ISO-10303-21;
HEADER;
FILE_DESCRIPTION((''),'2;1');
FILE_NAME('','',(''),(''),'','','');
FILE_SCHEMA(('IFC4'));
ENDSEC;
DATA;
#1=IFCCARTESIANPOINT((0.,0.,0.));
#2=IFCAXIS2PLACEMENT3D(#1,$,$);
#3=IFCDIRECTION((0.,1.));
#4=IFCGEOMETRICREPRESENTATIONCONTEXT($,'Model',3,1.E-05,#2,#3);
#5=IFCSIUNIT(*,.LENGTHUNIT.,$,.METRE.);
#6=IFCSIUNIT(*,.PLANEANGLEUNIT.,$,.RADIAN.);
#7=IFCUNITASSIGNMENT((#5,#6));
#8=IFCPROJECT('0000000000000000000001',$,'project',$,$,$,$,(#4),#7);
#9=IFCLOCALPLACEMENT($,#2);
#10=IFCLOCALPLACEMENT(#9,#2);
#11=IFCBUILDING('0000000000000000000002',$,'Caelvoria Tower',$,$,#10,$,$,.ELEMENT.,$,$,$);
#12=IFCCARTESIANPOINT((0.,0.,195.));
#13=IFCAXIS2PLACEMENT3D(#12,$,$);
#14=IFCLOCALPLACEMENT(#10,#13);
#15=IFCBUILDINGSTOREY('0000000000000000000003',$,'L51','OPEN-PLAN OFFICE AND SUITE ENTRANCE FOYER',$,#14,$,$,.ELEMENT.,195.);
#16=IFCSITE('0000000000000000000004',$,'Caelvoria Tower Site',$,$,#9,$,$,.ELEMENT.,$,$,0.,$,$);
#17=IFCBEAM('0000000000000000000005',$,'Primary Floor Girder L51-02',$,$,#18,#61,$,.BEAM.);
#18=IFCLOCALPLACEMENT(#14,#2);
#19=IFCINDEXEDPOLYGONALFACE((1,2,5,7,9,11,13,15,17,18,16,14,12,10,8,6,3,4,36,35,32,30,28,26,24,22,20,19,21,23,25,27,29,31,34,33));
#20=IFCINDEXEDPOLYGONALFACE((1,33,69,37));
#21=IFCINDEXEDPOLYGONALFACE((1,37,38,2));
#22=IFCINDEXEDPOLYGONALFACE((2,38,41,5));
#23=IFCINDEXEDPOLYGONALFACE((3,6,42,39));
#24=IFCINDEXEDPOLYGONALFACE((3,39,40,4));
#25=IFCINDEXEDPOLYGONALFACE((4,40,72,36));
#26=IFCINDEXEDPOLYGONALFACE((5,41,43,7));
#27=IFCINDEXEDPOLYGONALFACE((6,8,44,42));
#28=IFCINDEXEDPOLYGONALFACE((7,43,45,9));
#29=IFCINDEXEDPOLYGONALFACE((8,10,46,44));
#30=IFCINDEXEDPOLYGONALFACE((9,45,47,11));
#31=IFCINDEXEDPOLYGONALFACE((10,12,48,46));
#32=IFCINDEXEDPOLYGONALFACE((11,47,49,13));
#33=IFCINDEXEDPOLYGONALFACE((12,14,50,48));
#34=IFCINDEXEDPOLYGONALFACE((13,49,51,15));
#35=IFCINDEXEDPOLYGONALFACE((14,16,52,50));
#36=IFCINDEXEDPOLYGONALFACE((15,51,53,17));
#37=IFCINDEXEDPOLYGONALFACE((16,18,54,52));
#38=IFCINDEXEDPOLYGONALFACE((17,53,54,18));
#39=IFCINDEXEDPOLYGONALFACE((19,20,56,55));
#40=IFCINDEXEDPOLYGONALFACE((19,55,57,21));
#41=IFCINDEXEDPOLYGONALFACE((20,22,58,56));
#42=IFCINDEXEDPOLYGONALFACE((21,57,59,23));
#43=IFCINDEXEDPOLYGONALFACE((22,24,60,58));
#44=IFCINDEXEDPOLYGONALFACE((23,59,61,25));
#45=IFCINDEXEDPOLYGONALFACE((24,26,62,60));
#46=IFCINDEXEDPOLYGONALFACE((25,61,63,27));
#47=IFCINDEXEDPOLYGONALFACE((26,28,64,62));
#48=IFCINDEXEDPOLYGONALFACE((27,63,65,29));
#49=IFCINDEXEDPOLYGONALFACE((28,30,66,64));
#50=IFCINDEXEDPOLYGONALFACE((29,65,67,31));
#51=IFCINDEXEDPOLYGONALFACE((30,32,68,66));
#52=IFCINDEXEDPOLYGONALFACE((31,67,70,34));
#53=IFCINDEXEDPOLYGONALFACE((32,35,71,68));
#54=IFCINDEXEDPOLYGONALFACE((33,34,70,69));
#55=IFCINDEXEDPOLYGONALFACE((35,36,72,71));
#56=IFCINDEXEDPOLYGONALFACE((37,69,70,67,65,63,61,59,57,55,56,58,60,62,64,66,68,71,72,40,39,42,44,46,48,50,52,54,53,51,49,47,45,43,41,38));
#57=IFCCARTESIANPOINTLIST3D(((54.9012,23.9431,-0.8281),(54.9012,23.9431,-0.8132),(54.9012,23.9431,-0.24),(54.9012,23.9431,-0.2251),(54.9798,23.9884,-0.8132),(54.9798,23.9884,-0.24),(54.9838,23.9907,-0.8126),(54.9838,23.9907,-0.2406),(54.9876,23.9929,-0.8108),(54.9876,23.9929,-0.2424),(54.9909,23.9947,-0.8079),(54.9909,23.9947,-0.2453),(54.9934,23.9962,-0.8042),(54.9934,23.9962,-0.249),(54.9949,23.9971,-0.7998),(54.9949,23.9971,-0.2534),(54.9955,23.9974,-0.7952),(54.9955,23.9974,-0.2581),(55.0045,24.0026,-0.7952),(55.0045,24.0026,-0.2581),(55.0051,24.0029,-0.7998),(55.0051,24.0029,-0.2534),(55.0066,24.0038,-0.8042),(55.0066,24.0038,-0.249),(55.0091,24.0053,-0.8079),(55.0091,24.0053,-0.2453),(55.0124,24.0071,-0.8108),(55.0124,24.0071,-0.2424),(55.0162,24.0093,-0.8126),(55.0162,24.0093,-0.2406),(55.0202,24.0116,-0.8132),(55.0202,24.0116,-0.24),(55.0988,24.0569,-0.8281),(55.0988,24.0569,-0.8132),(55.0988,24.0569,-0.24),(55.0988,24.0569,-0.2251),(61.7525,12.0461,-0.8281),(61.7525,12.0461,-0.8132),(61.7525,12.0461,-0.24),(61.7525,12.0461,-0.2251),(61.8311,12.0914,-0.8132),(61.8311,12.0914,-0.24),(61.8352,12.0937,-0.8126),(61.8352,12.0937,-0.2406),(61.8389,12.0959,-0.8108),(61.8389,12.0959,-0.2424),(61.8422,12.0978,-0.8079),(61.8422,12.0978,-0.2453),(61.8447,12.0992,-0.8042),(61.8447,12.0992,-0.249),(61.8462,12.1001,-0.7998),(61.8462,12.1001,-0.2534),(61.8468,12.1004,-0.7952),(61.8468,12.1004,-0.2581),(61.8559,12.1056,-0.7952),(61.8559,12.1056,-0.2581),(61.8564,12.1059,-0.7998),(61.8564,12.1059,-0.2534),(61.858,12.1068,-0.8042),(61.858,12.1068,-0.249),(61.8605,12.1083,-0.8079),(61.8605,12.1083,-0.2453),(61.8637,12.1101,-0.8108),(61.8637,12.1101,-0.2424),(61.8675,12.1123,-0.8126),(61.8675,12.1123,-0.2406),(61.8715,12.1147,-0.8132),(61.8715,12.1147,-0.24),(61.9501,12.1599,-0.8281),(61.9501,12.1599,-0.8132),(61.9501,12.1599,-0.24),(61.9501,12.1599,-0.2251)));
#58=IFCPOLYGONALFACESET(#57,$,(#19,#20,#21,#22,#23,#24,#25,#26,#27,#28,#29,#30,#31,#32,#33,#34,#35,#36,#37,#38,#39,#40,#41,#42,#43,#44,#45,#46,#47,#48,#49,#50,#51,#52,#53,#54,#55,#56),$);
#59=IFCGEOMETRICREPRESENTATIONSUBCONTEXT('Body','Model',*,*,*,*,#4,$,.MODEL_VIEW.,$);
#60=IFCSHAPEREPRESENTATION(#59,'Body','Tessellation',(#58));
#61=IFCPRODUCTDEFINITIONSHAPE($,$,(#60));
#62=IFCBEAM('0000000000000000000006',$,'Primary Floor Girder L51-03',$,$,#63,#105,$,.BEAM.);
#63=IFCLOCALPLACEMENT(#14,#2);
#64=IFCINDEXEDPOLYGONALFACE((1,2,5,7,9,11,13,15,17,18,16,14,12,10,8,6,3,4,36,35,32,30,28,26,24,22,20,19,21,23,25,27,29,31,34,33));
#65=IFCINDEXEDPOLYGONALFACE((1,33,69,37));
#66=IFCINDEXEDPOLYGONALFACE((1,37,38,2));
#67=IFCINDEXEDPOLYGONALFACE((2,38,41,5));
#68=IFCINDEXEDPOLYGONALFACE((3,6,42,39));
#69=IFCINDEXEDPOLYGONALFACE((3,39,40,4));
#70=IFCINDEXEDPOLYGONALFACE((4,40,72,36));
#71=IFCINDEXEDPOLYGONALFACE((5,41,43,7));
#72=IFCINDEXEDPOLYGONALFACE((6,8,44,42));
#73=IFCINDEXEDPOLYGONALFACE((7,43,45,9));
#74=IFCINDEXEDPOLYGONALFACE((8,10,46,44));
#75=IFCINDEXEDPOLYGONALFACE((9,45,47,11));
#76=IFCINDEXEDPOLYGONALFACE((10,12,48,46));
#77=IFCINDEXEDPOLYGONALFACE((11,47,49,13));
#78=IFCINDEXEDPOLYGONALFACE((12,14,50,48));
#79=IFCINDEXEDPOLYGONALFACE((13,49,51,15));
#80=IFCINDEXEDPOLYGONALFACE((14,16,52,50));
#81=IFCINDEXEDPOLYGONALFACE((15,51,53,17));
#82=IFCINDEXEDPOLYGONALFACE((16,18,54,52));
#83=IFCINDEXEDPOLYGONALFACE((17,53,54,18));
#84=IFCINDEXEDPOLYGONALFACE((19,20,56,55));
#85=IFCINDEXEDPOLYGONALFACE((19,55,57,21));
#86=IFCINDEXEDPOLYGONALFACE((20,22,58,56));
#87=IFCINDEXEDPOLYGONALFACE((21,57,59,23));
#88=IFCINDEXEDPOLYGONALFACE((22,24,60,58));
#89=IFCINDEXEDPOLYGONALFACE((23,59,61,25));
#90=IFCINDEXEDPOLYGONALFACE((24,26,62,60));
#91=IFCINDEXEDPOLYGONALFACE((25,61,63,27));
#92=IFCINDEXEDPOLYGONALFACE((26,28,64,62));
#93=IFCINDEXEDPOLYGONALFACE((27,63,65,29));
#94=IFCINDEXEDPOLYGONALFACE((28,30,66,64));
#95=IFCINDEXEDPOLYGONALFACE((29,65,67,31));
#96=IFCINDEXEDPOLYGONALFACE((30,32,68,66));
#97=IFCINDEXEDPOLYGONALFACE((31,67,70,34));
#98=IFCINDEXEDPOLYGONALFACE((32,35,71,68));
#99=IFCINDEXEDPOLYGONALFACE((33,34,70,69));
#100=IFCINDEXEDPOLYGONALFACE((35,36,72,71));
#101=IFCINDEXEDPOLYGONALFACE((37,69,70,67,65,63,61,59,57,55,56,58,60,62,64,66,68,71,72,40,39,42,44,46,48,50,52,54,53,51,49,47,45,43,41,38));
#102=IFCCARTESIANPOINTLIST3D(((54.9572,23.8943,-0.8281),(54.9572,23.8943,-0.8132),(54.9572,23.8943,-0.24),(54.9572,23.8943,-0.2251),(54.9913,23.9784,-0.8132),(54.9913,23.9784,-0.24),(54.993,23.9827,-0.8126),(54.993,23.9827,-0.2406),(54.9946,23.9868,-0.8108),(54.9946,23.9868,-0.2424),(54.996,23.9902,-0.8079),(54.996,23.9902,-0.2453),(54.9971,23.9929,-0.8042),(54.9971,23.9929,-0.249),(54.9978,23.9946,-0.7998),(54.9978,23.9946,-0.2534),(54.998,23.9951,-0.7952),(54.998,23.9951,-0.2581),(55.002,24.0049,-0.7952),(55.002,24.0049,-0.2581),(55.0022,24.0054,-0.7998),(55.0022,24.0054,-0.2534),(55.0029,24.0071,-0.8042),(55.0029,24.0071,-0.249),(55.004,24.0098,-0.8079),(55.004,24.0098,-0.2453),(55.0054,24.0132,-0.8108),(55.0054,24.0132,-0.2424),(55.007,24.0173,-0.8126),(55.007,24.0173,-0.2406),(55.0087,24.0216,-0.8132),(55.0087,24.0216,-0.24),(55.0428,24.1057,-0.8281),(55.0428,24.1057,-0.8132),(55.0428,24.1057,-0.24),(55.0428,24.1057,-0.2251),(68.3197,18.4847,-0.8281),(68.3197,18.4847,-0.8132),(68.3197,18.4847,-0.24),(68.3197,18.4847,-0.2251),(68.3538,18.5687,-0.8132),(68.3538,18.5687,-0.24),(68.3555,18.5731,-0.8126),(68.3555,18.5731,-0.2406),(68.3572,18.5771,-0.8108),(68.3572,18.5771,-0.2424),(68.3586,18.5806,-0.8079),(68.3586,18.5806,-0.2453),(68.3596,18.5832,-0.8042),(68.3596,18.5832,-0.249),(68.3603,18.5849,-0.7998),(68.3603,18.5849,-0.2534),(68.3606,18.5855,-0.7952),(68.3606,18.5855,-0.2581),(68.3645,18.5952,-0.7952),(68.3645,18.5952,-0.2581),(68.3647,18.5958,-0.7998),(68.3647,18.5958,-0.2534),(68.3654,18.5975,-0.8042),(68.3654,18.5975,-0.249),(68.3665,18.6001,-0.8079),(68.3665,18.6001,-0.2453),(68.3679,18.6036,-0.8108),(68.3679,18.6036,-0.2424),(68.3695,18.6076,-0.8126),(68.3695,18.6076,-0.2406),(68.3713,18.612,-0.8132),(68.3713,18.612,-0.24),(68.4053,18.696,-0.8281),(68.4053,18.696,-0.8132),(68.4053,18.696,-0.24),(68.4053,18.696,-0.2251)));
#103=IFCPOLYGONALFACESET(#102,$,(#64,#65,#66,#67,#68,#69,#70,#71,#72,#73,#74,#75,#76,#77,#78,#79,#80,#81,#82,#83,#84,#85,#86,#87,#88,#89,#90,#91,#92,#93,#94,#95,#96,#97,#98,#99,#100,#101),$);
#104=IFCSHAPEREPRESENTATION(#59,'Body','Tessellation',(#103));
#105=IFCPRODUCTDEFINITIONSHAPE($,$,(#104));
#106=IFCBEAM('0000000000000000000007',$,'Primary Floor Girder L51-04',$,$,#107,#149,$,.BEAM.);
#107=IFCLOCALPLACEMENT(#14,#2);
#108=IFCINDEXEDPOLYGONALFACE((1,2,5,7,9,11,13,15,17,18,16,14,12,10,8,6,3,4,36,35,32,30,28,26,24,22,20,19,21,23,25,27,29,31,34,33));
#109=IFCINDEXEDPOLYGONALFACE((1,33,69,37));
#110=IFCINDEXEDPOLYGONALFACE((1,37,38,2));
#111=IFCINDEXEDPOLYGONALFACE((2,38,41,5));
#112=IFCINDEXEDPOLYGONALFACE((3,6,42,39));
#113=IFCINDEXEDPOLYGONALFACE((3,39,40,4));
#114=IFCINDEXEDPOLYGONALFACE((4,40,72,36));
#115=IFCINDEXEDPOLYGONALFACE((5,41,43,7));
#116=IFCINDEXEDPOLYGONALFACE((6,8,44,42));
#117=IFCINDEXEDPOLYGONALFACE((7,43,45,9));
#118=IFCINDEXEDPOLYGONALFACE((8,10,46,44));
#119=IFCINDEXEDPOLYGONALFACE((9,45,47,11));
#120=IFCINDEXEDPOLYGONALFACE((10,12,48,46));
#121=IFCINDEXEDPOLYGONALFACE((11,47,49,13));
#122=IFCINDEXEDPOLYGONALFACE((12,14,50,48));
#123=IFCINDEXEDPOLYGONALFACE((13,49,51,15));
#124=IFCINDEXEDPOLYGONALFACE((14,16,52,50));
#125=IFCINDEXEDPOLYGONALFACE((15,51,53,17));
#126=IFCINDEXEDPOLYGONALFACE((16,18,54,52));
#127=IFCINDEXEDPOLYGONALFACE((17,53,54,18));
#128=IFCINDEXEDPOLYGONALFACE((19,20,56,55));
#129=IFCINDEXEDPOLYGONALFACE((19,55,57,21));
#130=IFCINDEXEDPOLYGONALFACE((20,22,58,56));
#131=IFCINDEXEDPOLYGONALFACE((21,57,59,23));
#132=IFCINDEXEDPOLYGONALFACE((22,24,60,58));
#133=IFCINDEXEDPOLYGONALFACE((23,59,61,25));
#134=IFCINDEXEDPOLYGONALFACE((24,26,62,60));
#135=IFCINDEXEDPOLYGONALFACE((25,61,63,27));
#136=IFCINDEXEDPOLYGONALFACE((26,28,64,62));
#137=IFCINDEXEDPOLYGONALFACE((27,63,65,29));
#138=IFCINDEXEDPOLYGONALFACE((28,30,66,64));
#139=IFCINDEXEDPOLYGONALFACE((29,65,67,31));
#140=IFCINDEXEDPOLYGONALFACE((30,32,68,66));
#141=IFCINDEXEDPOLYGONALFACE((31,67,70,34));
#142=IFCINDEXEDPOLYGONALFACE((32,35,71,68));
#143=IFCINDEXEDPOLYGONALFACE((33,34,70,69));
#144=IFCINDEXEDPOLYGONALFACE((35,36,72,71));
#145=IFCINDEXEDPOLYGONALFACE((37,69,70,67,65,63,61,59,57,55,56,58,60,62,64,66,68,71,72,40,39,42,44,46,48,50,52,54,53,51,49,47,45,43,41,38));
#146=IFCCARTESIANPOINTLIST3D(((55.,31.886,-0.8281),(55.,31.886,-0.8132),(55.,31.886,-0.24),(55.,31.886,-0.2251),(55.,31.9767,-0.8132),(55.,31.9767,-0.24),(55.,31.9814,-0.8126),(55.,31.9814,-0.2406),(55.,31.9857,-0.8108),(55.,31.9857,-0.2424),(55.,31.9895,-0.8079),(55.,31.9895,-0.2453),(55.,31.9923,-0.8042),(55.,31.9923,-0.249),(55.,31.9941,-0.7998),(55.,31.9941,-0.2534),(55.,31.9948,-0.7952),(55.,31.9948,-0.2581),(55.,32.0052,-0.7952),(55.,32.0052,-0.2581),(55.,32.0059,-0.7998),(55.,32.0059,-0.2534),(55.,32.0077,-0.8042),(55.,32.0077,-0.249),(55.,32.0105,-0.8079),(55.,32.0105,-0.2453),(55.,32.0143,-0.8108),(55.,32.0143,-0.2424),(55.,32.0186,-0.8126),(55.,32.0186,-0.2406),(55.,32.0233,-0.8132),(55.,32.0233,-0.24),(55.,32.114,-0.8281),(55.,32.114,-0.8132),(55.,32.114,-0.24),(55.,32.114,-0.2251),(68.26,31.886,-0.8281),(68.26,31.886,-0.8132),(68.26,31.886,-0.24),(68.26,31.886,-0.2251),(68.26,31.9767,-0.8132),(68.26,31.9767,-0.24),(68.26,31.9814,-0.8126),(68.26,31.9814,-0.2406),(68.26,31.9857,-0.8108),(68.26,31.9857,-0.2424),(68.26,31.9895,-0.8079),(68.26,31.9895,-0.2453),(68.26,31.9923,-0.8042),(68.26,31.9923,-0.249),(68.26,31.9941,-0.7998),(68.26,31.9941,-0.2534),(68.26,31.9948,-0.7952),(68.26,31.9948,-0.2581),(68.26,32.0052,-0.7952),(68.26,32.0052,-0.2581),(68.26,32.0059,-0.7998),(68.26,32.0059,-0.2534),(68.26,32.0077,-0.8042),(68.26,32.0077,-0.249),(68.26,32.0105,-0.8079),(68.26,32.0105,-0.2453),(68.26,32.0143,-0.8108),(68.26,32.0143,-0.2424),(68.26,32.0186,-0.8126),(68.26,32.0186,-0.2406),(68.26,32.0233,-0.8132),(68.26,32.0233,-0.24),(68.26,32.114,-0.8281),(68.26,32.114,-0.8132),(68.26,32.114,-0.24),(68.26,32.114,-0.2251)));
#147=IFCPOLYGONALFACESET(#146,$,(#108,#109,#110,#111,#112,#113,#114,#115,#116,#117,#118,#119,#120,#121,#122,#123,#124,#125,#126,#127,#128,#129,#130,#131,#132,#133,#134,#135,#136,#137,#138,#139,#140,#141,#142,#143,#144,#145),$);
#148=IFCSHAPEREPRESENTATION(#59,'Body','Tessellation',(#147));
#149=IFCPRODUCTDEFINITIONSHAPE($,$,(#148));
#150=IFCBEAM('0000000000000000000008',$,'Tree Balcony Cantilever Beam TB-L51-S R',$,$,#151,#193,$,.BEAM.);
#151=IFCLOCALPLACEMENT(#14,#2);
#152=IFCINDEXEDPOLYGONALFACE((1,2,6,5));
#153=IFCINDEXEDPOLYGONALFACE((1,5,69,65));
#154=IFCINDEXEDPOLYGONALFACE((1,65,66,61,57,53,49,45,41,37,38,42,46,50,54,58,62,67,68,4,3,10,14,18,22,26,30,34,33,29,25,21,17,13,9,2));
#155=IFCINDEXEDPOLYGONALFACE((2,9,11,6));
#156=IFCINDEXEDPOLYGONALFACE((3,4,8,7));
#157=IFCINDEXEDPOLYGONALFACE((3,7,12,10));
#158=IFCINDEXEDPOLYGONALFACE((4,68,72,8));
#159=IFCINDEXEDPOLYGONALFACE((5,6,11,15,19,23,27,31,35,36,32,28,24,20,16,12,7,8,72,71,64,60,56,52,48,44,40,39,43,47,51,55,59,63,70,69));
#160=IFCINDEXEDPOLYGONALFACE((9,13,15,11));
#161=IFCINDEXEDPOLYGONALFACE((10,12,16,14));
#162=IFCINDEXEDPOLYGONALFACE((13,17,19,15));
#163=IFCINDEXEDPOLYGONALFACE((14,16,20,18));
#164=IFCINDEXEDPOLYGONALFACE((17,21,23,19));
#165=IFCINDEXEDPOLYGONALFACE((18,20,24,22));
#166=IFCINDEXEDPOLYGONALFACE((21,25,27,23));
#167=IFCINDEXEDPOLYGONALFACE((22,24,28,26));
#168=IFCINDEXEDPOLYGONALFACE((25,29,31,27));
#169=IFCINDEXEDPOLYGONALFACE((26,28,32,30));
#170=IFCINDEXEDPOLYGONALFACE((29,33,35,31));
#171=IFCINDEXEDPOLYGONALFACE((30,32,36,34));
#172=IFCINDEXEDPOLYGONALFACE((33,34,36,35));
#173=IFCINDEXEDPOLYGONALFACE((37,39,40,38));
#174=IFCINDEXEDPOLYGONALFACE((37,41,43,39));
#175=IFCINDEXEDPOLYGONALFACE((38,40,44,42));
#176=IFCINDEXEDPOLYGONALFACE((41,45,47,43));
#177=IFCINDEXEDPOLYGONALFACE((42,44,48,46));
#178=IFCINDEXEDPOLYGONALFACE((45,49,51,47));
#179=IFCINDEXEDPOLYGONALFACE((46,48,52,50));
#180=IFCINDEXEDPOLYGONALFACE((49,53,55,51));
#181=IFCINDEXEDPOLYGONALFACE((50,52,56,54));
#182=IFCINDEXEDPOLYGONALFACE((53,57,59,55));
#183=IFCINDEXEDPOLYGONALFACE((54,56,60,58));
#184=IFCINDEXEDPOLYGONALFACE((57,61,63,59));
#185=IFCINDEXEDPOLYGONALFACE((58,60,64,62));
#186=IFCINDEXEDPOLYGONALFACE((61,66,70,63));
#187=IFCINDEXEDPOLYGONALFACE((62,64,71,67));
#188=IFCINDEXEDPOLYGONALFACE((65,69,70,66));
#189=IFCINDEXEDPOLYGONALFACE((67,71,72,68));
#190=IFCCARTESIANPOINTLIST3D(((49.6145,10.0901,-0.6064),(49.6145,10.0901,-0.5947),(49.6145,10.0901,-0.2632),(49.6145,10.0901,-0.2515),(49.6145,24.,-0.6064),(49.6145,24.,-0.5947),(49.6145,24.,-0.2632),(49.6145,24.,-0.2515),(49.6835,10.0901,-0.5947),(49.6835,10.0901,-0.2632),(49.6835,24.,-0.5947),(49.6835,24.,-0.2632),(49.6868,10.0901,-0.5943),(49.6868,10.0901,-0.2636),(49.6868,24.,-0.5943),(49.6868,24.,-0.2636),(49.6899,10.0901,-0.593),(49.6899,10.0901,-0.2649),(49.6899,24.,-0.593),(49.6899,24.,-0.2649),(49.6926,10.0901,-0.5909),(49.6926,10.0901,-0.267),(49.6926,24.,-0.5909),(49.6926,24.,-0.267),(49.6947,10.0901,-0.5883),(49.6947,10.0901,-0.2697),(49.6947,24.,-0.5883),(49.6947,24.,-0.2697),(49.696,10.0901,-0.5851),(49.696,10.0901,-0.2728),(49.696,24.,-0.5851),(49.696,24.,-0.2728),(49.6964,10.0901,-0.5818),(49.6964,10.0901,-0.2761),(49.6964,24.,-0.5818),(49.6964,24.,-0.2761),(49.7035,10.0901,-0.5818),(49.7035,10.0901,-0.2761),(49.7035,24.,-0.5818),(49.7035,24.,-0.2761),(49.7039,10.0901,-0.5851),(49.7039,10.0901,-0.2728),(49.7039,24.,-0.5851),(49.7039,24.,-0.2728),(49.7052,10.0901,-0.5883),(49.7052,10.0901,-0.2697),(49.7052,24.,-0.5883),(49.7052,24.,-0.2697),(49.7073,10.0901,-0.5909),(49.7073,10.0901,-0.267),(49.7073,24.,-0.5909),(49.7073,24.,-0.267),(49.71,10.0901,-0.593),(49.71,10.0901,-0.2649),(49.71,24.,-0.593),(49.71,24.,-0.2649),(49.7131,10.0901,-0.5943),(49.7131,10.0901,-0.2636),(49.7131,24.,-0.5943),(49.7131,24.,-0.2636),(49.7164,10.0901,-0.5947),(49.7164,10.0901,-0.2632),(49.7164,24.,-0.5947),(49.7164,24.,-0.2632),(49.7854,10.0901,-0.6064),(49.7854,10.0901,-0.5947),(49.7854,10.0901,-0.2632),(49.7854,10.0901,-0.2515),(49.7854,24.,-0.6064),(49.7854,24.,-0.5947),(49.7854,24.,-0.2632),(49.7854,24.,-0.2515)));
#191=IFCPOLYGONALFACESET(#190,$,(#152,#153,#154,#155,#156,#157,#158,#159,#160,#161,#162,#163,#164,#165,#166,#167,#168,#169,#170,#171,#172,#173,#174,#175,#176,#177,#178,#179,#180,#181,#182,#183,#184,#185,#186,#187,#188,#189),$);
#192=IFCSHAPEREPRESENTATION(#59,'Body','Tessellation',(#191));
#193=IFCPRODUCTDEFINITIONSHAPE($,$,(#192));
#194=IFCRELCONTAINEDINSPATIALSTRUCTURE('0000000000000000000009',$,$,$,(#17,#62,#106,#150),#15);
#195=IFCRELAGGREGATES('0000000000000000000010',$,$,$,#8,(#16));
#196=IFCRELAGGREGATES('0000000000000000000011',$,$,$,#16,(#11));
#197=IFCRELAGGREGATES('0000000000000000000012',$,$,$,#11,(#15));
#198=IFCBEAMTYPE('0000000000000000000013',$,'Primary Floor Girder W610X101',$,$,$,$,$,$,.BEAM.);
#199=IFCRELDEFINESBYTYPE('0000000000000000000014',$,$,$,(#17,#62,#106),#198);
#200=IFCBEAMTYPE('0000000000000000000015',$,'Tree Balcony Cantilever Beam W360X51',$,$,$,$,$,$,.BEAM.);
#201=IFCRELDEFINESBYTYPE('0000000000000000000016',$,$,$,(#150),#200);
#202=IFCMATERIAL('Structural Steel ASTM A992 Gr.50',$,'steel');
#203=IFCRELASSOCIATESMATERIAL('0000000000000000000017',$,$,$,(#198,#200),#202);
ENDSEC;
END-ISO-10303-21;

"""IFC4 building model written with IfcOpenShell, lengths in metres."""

from ifc_helpers import new_model, si_unit, direction, frame, origin, origin_2d, place, context, subcontext, project, spatial, i_section, extrude, material, material_profile, profile_set, type_object, element, save


model = new_model("IFC4")

# Units and contexts
model_context = context("Model", 3, precision=1e-05, world=origin(), true_north=direction((0.0, 1.0)))
body_context = subcontext(model_context, "Body", "Model", "MODEL_VIEW")
ifc_project = project(units=[si_unit("LENGTHUNIT", "METRE"), si_unit("PLANEANGLEUNIT", "RADIAN")], contexts=[model_context])

# Site, building, storey
site_placement = place(None, origin())
site = spatial("IfcSite", under=ifc_project, at=site_placement, Name="Caelvoria Tower Site", CompositionType="ELEMENT", RefElevation=0.0)
building_placement = place(site_placement, origin())
building = spatial("IfcBuilding", under=site, at=building_placement, Name="Caelvoria Tower", CompositionType="ELEMENT")
storey_placement = place(building_placement, frame((0.0, 0.0, 195.0)))
storey = spatial("IfcBuildingStorey", under=building, at=storey_placement, Name="L51", Description="OPEN-PLAN OFFICE AND SUITE ENTRANCE FOYER", CompositionType="ELEMENT", Elevation=195.0)

# Beams
ifc_material_1 = material(Name="Structural Steel ASTM A992 Gr.50", Category="steel")
ifc_material_profile_1 = material_profile(ifc_material_1, i_section(OverallWidth=0.228, OverallDepth=0.603, WebThickness=0.0105, FlangeThickness=0.0149, FilletRadius=0.0181, at=origin_2d()), Name="Structural Steel ASTM A992 Gr.50")
ifc_profile_set_1 = profile_set([ifc_material_profile_1], Name="W610X101 - Structural Steel ASTM A992 Gr.50")
beam_type_1 = type_object("IfcBeamType", Name="Primary Floor Girder W610X101", PredefinedType="BEAM", material=ifc_profile_set_1)
beam_1_placement = place(storey_placement, frame((55.0, 24.0, -0.5266), z_axis=(0.499049, -0.866574, 0.0), x_axis=(0.866574, 0.499049, 0.0)))
element("IfcBeam", 1, at=beam_1_placement, inside=storey, type_object=beam_type_1, Name="Primary Floor Girder L51-02", PredefinedType="BEAM", context=body_context, shape_type="SweptSolid", body=[
    extrude(i_section(OverallWidth=0.228, OverallDepth=0.603, WebThickness=0.0105, FlangeThickness=0.0149, FilletRadius=0.0181, at=origin_2d()), origin(), (0.0, 0.0, 1.0), 13.7288),
])
beam_2_placement = place(storey_placement, frame((55.0, 24.0, -0.5266), z_axis=(0.926922, -0.375253, 0.0), x_axis=(0.375253, 0.926922, 0.0)))
element("IfcBeam", 2, at=beam_2_placement, inside=storey, type_object=beam_type_1, Name="Primary Floor Girder L51-03", PredefinedType="BEAM", context=body_context, shape_type="SweptSolid", body=[
    extrude(i_section(OverallWidth=0.228, OverallDepth=0.603, WebThickness=0.0105, FlangeThickness=0.0149, FilletRadius=0.0181, at=origin_2d()), origin(), (0.0, 0.0, 1.0), 14.416),
])
beam_3_placement = place(storey_placement, frame((55.0, 32.0, -0.5266), z_axis=(1.0, 0.0, 0.0), x_axis=(0.0, 1.0, 0.0)))
element("IfcBeam", 3, at=beam_3_placement, inside=storey, type_object=beam_type_1, Name="Primary Floor Girder L51-04", PredefinedType="BEAM", context=body_context, shape_type="SweptSolid", body=[
    extrude(i_section(OverallWidth=0.228, OverallDepth=0.603, WebThickness=0.0105, FlangeThickness=0.0149, FilletRadius=0.0181, at=origin_2d()), origin(), (0.0, 0.0, 1.0), 13.26),
])
ifc_material_profile_2 = material_profile(ifc_material_1, i_section(OverallWidth=0.1709, OverallDepth=0.355, WebThickness=0.0071, FlangeThickness=0.0117, FilletRadius=0.0129, at=origin_2d()), Name="Structural Steel ASTM A992 Gr.50")
ifc_profile_set_2 = profile_set([ifc_material_profile_2], Name="W360X51 - Structural Steel ASTM A992 Gr.50")
beam_type_2 = type_object("IfcBeamType", Name="Tree Balcony Cantilever Beam W360X51", PredefinedType="BEAM", material=ifc_profile_set_2)
beam_4_placement = place(storey_placement, frame((49.7, 24.0, -0.429), z_axis=(0.0, -1.0, 0.0), x_axis=(1.0, 0.0, 0.0)))
element("IfcBeam", 4, at=beam_4_placement, inside=storey, type_object=beam_type_2, Name="Tree Balcony Cantilever Beam TB-L51-S R", PredefinedType="BEAM", context=body_context, shape_type="SweptSolid", body=[
    extrude(i_section(OverallWidth=0.1709, OverallDepth=0.355, WebThickness=0.0071, FlangeThickness=0.0117, FilletRadius=0.0129, at=origin_2d()), origin(), (0.0, 0.0, 1.0), 13.9099),
])

save(model, "model.ifc")
